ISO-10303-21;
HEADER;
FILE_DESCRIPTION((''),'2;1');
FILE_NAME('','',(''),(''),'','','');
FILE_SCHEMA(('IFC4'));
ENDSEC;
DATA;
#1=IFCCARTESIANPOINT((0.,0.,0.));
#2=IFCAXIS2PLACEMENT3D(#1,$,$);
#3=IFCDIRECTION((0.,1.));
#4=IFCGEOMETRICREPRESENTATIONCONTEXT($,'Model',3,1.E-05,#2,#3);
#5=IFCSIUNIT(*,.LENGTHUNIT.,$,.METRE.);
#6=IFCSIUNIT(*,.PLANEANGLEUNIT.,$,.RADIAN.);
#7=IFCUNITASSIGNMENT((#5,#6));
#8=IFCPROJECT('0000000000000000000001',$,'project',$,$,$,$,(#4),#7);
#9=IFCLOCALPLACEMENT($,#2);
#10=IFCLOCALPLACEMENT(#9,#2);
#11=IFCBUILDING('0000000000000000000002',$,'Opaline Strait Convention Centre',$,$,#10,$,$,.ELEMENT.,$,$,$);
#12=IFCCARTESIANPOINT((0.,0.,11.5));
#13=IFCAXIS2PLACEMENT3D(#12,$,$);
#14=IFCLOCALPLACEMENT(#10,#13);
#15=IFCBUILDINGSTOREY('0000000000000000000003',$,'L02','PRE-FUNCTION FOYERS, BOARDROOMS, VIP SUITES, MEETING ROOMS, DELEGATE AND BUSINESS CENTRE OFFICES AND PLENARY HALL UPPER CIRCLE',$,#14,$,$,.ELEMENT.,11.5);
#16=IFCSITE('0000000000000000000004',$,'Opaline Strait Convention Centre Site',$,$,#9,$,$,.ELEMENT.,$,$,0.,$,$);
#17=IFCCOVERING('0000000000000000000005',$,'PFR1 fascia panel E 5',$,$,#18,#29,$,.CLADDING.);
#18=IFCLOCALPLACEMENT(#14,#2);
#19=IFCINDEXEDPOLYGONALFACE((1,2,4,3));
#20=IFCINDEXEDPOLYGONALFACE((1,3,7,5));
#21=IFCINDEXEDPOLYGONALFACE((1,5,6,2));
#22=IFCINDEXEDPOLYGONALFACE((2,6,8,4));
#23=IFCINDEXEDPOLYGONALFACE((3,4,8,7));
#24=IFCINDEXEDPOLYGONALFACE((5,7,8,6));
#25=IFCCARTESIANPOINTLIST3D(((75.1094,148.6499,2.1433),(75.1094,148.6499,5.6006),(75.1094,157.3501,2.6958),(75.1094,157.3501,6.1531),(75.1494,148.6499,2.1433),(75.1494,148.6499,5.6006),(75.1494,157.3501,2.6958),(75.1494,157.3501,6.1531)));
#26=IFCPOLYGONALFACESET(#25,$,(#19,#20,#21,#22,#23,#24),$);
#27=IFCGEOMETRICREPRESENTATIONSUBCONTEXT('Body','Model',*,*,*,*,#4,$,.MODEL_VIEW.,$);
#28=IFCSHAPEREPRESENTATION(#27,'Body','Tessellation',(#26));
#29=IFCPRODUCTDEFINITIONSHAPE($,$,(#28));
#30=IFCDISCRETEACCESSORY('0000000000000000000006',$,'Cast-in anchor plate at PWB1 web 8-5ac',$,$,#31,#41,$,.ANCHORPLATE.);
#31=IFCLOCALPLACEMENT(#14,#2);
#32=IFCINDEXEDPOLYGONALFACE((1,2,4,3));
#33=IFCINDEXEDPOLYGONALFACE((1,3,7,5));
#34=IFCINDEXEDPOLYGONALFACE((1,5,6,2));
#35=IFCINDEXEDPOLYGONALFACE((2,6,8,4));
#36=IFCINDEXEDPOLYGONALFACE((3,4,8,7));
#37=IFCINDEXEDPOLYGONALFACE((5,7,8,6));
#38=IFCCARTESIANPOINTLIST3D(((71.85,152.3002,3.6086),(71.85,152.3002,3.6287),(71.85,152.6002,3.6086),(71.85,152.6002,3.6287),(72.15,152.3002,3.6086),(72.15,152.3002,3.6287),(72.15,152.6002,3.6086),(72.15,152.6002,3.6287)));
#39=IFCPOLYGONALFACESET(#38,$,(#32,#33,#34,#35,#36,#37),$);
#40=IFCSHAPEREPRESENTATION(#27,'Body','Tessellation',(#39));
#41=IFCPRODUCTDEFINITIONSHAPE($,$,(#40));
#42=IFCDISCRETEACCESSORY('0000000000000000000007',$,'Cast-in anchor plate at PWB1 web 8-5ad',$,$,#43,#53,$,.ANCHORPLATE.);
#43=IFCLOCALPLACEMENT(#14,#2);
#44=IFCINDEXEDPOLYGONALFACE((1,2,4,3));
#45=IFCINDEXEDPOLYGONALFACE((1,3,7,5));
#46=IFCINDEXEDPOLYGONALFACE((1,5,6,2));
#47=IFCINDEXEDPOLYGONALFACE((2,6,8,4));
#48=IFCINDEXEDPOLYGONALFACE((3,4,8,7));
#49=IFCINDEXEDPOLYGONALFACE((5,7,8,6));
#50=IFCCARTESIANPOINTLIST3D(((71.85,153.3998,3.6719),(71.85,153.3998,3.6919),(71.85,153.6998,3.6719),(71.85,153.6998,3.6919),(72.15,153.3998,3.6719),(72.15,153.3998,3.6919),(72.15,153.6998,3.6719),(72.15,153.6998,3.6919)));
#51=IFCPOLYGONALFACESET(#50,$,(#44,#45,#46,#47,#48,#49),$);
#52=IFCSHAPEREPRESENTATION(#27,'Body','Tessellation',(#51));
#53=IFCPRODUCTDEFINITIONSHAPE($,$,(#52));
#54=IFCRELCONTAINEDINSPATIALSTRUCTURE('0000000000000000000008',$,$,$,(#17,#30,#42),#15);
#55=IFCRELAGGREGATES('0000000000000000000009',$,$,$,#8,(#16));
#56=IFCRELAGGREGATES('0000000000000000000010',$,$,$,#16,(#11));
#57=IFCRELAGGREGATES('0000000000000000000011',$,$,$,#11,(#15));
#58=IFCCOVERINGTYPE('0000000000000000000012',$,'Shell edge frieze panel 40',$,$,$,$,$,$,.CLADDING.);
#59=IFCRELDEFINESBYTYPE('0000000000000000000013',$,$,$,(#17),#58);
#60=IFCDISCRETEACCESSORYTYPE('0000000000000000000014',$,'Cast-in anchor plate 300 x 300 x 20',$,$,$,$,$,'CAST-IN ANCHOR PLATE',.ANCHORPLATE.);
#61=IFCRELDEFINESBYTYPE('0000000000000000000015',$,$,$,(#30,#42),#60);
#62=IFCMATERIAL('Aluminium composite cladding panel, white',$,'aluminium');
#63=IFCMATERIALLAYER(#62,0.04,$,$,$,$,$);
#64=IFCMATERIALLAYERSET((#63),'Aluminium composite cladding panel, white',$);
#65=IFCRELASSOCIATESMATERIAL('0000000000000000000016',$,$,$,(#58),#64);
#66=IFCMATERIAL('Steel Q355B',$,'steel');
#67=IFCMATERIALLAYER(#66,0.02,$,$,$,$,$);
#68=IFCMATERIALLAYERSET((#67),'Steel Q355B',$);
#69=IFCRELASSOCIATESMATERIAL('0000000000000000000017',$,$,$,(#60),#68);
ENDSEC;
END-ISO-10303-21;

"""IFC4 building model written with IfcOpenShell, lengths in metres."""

from ifc_helpers import new_model, si_unit, direction, frame, origin, origin_2d, place, context, subcontext, project, spatial, polyline, rectangle, outline, extrude, material, layer, layer_set, type_object, element, save


model = new_model("IFC4")

# Units and contexts
model_context = context("Model", 3, precision=1e-05, world=origin(), true_north=direction((0.0, 1.0)))
body_context = subcontext(model_context, "Body", "Model", "MODEL_VIEW")
ifc_project = project(units=[si_unit("LENGTHUNIT", "METRE"), si_unit("PLANEANGLEUNIT", "RADIAN")], contexts=[model_context])

# Site, building, storey
site_placement = place(None, origin())
site = spatial("IfcSite", under=ifc_project, at=site_placement, Name="Opaline Strait Convention Centre Site", CompositionType="ELEMENT", RefElevation=0.0)
building_placement = place(site_placement, origin())
building = spatial("IfcBuilding", under=site, at=building_placement, Name="Opaline Strait Convention Centre", CompositionType="ELEMENT")
storey_placement = place(building_placement, frame((0.0, 0.0, 11.5)))
storey = spatial("IfcBuildingStorey", under=building, at=storey_placement, Name="L02", Description="PRE-FUNCTION FOYERS, BOARDROOMS, VIP SUITES, MEETING ROOMS, DELEGATE AND BUSINESS CENTRE OFFICES AND PLENARY HALL UPPER CIRCLE", CompositionType="ELEMENT", Elevation=11.5)

# Shared definitions
ifc_material_1 = material(Name="Steel Q355B", Category="steel")

# Covering
ifc_material_2 = material(Name="Aluminium composite cladding panel, white", Category="aluminium")
ifc_layer_1 = layer(ifc_material_2, 0.04)
ifc_layer_set_1 = layer_set([ifc_layer_1], Name="Aluminium composite cladding panel, white")
covering_type = type_object("IfcCoveringType", Name="Shell edge frieze panel 40", PredefinedType="CLADDING", material=ifc_layer_set_1)
covering_1_placement = place(storey_placement, frame((75.1494, 148.6499, 2.1433), z_axis=(1.0, 0.0, 0.0), x_axis=(0.0, 0.99799, 0.063376)))
element("IfcCovering", 1, at=covering_1_placement, inside=storey, type_object=covering_type, Name="PFR1 fascia panel E 5", PredefinedType="CLADDING", context=body_context, shape_type="SweptSolid", body=[
    extrude(outline(polyline([(0.0, 0.0), (8.7177, 0.0), (8.9368, 3.4503), (0.2191, 3.4503), (0.0, 0.0)])), origin(), (0.0, 0.0, -1.0), 0.04),
])

# Discrete accessories
ifc_layer_2 = layer(ifc_material_1, 0.02)
ifc_layer_set_2 = layer_set([ifc_layer_2], Name="Steel Q355B")
discrete_accessory_type = type_object("IfcDiscreteAccessoryType", Name="Cast-in anchor plate 300 x 300 x 20", ElementType="CAST-IN ANCHOR PLATE", PredefinedType="ANCHORPLATE", material=ifc_layer_set_2)
for number, where, z_axis, x_axis, name in (
    (2, (72.0, 152.4502, 3.6086), (0.0, 0.0, 1.0), (1.0, 0.0, 0.0), "Cast-in anchor plate at PWB1 web 8-5ac"),
    (3, (72.0, 153.5498, 3.6719), (0.0, 0.0, 1.0), (1.0, 0.0, 0.0), "Cast-in anchor plate at PWB1 web 8-5ad"),
):
    element("IfcDiscreteAccessory", number, at=place(storey_placement, frame(where, z_axis=z_axis, x_axis=x_axis)), inside=storey, type_object=discrete_accessory_type, Name=name, PredefinedType="ANCHORPLATE", context=body_context, shape_type="SweptSolid", body=[
        extrude(rectangle(XDim=0.3, YDim=0.3, at=origin_2d()), origin(), (0.0, 0.0, 1.0), 0.02),
    ])

save(model, "model.ifc")
